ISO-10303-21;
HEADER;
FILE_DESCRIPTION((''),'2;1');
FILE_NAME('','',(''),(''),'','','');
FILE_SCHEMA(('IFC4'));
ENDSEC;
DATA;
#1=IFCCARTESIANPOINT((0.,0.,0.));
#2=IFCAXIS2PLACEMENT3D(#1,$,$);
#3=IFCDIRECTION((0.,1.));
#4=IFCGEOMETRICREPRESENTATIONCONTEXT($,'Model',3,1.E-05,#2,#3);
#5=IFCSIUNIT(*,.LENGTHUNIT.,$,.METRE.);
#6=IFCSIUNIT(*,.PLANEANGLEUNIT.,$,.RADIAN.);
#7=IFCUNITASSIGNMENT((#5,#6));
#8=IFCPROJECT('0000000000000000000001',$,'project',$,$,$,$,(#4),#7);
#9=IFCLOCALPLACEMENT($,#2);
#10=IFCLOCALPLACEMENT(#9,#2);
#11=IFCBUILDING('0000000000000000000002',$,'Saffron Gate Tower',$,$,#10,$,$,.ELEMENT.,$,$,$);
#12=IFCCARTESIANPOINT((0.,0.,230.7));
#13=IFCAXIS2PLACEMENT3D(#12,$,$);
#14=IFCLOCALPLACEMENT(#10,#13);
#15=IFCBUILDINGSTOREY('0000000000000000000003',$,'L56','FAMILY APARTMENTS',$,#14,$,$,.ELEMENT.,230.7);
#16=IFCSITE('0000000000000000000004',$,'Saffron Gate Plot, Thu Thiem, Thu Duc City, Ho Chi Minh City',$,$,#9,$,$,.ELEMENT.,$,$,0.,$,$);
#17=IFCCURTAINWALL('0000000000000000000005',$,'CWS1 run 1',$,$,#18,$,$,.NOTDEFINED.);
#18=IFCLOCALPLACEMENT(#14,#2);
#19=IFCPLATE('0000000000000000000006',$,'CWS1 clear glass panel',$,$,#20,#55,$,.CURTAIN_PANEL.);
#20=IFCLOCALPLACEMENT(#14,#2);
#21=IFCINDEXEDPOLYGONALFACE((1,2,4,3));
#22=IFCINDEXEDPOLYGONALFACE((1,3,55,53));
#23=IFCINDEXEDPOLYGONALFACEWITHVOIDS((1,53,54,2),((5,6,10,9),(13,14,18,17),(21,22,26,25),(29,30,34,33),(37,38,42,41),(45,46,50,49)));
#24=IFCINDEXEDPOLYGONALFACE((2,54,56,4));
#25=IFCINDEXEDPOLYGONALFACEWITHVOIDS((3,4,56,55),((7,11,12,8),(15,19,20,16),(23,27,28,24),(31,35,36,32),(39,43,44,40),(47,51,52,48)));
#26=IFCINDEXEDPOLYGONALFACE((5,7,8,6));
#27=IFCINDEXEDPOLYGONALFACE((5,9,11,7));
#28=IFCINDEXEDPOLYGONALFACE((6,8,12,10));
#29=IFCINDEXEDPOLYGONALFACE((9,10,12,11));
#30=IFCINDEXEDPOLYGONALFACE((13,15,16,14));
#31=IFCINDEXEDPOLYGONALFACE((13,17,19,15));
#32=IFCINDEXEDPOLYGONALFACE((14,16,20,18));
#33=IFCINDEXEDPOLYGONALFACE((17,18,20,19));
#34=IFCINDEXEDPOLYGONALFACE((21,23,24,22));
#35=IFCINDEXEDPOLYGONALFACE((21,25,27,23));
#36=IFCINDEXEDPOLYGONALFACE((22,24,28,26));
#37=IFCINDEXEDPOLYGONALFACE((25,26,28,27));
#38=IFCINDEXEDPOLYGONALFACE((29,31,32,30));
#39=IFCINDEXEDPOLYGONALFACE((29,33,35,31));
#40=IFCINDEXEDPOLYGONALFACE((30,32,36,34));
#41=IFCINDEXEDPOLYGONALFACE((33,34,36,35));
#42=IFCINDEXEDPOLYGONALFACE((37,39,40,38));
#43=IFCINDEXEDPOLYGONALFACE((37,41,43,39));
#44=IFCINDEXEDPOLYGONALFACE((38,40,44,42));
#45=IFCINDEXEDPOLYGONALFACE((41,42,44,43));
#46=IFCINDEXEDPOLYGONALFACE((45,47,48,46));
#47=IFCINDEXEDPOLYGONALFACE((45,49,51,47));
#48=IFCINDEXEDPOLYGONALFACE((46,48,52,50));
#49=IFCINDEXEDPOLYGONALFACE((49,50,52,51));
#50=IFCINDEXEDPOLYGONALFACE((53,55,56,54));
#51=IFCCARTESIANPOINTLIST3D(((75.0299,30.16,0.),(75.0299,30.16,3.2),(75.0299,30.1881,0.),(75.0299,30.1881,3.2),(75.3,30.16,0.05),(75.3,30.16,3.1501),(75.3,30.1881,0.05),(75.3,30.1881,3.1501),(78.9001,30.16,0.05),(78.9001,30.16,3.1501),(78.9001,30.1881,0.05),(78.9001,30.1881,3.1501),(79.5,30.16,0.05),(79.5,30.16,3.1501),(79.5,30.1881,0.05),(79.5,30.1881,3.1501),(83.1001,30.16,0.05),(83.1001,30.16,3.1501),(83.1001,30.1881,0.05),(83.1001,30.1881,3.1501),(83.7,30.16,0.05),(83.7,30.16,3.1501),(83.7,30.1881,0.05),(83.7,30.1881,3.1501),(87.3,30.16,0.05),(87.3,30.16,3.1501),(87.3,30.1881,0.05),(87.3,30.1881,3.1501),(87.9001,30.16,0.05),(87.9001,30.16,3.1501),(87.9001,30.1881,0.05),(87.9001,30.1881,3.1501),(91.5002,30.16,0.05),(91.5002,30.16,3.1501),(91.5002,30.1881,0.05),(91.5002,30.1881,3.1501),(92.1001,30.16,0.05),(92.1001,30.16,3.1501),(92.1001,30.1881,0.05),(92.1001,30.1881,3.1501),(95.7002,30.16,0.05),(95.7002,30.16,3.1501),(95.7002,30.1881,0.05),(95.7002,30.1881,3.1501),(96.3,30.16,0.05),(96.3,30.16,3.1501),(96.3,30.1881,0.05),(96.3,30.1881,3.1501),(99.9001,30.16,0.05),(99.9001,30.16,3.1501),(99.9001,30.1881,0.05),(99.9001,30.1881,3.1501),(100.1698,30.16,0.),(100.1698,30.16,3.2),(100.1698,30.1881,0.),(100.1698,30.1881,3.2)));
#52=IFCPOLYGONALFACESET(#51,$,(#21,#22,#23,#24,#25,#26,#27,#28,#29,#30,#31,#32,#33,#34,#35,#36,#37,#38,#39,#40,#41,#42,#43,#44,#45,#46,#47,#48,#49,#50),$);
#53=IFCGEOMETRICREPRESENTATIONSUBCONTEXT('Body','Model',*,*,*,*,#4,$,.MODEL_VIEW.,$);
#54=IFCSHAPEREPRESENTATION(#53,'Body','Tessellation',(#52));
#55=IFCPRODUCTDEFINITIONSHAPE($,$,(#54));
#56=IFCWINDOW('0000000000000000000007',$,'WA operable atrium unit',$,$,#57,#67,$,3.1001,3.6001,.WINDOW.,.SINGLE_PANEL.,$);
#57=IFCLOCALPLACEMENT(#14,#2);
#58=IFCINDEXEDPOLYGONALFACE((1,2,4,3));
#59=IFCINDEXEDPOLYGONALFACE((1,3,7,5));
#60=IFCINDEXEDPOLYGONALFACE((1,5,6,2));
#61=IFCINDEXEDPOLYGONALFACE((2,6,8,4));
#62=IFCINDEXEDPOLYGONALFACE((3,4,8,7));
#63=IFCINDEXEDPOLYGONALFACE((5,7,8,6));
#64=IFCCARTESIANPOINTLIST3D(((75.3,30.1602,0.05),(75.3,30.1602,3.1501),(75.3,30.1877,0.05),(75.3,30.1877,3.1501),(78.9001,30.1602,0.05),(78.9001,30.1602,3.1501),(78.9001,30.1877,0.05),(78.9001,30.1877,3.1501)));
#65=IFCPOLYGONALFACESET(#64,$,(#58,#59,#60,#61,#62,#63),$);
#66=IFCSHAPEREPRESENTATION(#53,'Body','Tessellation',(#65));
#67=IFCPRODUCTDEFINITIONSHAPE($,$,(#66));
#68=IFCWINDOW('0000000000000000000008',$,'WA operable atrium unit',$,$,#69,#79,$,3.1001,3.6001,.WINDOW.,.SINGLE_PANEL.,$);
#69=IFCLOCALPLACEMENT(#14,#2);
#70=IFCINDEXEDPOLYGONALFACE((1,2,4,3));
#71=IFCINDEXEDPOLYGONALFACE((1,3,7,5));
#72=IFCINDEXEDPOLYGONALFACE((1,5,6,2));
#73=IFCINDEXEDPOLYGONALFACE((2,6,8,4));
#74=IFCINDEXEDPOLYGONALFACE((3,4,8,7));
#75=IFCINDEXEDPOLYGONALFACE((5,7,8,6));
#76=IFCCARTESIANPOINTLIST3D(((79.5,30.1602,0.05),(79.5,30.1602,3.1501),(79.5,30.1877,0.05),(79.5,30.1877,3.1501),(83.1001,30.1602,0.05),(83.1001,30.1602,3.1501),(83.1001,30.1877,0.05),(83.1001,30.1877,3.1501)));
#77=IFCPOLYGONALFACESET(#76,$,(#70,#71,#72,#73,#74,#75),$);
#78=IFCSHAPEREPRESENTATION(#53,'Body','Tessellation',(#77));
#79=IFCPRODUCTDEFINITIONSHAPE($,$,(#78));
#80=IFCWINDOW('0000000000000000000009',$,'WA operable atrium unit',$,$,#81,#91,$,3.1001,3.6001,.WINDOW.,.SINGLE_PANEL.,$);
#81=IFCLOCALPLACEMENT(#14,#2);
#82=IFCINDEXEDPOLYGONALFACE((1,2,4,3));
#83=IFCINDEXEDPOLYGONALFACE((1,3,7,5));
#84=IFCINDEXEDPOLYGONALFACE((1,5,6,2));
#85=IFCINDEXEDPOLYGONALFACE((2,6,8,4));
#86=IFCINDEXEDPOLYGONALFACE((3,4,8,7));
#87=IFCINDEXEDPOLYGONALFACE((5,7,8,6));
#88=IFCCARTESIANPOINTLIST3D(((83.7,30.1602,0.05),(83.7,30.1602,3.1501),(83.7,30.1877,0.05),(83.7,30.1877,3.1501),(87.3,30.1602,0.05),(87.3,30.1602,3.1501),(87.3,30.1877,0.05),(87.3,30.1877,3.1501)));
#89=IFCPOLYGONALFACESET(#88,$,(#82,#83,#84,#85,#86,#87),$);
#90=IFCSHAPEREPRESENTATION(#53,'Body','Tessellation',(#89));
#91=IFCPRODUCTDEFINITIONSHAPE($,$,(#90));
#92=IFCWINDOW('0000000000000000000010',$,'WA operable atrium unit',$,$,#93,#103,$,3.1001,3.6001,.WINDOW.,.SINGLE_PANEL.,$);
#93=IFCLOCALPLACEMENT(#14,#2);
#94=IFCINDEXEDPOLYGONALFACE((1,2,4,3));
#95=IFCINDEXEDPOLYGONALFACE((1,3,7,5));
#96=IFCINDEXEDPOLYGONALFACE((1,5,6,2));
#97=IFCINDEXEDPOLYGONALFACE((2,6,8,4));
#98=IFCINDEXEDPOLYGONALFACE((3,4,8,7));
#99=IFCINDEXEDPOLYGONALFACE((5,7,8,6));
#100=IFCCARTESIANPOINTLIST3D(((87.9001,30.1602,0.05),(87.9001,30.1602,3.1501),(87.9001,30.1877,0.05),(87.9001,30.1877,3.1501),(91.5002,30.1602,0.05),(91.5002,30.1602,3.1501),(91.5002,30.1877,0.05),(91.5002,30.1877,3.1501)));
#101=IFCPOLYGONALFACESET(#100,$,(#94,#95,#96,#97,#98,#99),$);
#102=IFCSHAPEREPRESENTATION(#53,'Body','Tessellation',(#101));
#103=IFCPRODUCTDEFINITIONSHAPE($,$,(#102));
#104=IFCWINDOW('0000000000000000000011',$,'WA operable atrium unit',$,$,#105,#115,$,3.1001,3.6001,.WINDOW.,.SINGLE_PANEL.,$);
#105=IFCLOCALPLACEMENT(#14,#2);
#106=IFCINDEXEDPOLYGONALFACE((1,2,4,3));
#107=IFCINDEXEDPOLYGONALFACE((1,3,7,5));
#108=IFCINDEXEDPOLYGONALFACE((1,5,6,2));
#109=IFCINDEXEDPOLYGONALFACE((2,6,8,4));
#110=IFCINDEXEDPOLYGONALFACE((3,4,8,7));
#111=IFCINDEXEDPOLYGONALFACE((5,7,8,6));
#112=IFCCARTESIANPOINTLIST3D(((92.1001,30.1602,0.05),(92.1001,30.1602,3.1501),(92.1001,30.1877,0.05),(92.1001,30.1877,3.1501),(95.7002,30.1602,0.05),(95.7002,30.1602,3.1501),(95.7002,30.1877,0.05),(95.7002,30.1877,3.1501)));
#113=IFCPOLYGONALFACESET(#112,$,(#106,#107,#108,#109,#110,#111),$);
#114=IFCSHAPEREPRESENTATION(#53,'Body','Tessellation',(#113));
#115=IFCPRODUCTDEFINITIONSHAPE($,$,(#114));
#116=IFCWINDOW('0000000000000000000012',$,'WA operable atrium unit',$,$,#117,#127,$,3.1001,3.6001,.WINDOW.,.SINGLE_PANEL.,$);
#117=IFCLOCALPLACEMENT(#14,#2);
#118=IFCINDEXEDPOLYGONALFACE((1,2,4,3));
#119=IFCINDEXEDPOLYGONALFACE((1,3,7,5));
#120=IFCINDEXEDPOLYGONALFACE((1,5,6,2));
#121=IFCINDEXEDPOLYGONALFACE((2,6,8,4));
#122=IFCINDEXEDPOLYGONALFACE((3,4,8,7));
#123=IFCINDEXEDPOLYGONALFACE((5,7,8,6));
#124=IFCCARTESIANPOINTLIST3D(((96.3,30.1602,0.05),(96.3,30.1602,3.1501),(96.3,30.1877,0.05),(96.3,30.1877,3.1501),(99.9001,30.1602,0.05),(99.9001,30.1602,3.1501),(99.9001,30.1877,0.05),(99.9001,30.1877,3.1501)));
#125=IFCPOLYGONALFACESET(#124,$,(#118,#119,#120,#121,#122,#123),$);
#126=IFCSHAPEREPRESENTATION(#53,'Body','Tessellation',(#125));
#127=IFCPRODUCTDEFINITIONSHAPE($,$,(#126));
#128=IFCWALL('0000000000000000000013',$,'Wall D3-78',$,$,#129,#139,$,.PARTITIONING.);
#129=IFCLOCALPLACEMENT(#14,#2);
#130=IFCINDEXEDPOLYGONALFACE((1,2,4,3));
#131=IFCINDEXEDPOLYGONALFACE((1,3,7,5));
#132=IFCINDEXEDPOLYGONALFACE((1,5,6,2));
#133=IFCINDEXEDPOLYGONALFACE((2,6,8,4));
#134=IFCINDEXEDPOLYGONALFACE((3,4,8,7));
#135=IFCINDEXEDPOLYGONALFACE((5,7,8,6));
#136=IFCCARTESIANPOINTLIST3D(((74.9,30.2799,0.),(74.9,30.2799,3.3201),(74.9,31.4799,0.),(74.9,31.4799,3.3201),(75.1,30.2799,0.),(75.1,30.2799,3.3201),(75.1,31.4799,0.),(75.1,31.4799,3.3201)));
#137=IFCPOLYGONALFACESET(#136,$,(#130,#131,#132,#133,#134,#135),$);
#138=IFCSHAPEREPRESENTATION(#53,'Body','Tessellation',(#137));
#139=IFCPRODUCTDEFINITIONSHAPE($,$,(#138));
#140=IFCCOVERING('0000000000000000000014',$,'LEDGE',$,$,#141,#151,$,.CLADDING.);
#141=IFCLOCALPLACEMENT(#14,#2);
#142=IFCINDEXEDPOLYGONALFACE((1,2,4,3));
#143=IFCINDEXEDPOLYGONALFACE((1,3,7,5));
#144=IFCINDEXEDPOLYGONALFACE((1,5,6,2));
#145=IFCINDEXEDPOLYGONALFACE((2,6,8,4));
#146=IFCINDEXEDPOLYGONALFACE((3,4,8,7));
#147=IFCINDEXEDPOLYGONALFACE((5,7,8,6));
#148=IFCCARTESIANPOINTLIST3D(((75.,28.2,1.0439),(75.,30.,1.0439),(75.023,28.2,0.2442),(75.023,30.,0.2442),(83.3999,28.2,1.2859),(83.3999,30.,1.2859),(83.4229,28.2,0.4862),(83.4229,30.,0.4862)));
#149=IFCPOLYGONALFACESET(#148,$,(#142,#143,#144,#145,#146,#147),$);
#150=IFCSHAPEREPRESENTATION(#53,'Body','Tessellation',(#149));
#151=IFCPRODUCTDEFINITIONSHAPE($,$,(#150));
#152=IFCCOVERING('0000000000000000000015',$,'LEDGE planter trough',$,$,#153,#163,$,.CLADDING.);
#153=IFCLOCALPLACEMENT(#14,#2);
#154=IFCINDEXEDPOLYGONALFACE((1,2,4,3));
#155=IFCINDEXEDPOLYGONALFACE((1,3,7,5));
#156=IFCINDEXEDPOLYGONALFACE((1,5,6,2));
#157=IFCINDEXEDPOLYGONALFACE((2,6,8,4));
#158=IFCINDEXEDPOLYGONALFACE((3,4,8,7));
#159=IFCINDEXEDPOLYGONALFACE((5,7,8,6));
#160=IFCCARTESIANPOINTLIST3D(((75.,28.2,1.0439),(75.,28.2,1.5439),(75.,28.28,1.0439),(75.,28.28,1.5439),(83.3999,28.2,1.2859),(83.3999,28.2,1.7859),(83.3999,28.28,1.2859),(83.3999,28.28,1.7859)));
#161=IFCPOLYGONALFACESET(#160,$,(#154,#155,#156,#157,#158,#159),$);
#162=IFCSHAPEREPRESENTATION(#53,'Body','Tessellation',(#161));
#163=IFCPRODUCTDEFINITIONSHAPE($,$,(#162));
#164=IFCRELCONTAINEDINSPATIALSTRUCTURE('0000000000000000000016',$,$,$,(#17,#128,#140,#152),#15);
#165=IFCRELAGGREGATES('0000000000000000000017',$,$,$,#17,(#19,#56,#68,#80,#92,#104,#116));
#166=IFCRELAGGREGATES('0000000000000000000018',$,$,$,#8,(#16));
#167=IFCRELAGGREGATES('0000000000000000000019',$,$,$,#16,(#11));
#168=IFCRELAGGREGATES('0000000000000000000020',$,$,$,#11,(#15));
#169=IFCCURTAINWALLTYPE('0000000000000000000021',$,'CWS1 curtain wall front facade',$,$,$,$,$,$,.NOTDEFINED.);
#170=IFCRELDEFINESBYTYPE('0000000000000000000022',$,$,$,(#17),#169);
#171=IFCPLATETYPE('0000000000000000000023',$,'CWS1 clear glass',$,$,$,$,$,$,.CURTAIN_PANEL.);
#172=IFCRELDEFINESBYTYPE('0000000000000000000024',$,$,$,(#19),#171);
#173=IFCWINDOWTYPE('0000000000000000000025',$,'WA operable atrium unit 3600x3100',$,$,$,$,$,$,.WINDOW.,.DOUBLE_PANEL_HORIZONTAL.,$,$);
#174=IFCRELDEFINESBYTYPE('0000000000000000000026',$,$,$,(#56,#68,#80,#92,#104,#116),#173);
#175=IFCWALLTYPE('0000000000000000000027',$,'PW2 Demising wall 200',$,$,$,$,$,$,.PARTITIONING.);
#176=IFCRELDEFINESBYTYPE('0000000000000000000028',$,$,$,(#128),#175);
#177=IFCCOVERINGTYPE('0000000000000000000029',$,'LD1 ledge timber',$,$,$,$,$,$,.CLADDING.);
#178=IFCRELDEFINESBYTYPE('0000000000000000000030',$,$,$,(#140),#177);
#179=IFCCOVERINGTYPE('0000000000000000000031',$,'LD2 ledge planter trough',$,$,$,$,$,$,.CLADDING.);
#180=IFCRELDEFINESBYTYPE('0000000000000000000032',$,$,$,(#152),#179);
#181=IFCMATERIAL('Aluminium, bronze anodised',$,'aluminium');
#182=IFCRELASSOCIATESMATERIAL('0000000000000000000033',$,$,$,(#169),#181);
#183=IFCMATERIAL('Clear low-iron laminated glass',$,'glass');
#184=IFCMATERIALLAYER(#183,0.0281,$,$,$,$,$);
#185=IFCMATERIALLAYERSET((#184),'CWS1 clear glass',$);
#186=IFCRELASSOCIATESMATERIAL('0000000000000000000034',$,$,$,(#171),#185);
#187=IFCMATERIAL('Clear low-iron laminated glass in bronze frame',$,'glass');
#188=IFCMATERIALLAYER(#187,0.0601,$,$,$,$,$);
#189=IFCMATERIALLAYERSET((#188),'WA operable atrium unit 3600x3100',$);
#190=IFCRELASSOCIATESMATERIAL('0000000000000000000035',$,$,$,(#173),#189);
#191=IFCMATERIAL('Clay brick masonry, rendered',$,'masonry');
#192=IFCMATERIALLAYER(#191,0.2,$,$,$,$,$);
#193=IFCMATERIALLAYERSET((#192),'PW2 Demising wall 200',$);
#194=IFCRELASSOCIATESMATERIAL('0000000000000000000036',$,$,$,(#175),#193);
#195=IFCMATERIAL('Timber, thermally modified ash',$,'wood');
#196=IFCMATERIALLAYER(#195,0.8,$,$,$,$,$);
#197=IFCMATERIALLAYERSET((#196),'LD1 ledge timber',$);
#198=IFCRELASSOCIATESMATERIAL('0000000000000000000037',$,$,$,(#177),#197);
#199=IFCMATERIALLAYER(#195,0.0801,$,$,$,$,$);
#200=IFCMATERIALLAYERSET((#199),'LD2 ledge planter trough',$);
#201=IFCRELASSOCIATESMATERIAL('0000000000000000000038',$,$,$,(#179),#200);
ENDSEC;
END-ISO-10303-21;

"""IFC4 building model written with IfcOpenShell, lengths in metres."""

from ifc_helpers import new_model, si_unit, direction, frame, frame_2d, origin, place, context, subcontext, project, spatial, polyline, rectangle, outline, extrude, material, layer, layer_set, type_object, element, fill, aggregate, save


model = new_model("IFC4")

# Units and contexts
model_context = context("Model", 3, precision=1e-05, world=origin(), true_north=direction((0.0, 1.0)))
body_context = subcontext(model_context, "Body", "Model", "MODEL_VIEW")
ifc_project = project(units=[si_unit("LENGTHUNIT", "METRE"), si_unit("PLANEANGLEUNIT", "RADIAN")], contexts=[model_context])

# Site, building, storey
site_placement = place(None, origin())
site = spatial("IfcSite", under=ifc_project, at=site_placement, Name="Saffron Gate Plot, Thu Thiem, Thu Duc City, Ho Chi Minh City", CompositionType="ELEMENT", RefElevation=0.0)
building_placement = place(site_placement, origin())
building = spatial("IfcBuilding", under=site, at=building_placement, Name="Saffron Gate Tower", CompositionType="ELEMENT")
storey_placement = place(building_placement, frame((0.0, 0.0, 230.7)))
storey = spatial("IfcBuildingStorey", under=building, at=storey_placement, Name="L56", Description="FAMILY APARTMENTS", CompositionType="ELEMENT", Elevation=230.7)

# Curtain wall, plate, openings, windows
ifc_material_1 = material(Name="Aluminium, bronze anodised", Category="aluminium")
curtain_wall_type = type_object("IfcCurtainWallType", Name="CWS1 curtain wall front facade", PredefinedType="NOTDEFINED", material=ifc_material_1)
curtain_wall_placement = place(storey_placement, origin())
curtain_wall = element("IfcCurtainWall", 1, at=curtain_wall_placement, inside=storey, type_object=curtain_wall_type, Name="CWS1 run 1", PredefinedType="NOTDEFINED")
ifc_material_2 = material(Name="Clear low-iron laminated glass", Category="glass")
ifc_layer_1 = layer(ifc_material_2, 0.0281)
ifc_layer_set_1 = layer_set([ifc_layer_1], Name="CWS1 clear glass")
plate_type = type_object("IfcPlateType", Name="CWS1 clear glass", PredefinedType="CURTAIN_PANEL", material=ifc_layer_set_1)
plate_placement = place(storey_placement, frame((75.03, 30.1741, 0.0), z_axis=(0.0, 0.0, 1.0), x_axis=(1.0, 0.0, 0.0)))
plate = element("IfcPlate", 2, at=plate_placement, type_object=plate_type, Name="CWS1 clear glass panel", PredefinedType="CURTAIN_PANEL", context=body_context, shape_type="SweptSolid", body=[
    extrude(rectangle(XDim=25.1399, YDim=0.0281, at=frame_2d((12.5698, 0.0))), origin(), (0.0, 0.0, 1.0), 3.2),
])
opening_1_placement = place(plate_placement, frame((0.27, 0.0, 0.05)))
opening_1 = element("IfcOpeningElement", 3, at=opening_1_placement, cuts=plate, PredefinedType="OPENING", context=body_context, shape_type="SweptSolid", body=[
    extrude(rectangle(XDim=3.6001, YDim=3.1001, at=frame_2d((1.8, 1.55))), frame((0.0, 0.0239, 0.0), z_axis=(0.0, -1.0, 0.0), x_axis=(1.0, 0.0, 0.0)), (0.0, 0.0, 1.0), 0.0481),
])
opening_2_placement = place(plate_placement, frame((4.47, 0.0, 0.05)))
opening_2 = element("IfcOpeningElement", 4, at=opening_2_placement, cuts=plate, PredefinedType="OPENING", context=body_context, shape_type="SweptSolid", body=[
    extrude(rectangle(XDim=3.6001, YDim=3.1001, at=frame_2d((1.8, 1.55))), frame((0.0, 0.0239, 0.0), z_axis=(0.0, -1.0, 0.0), x_axis=(1.0, 0.0, 0.0)), (0.0, 0.0, 1.0), 0.0481),
])
opening_3_placement = place(plate_placement, frame((8.6699, 0.0, 0.05)))
opening_3 = element("IfcOpeningElement", 5, at=opening_3_placement, cuts=plate, PredefinedType="OPENING", context=body_context, shape_type="SweptSolid", body=[
    extrude(rectangle(XDim=3.6001, YDim=3.1001, at=frame_2d((1.8, 1.55))), frame((0.0, 0.0239, 0.0), z_axis=(0.0, -1.0, 0.0), x_axis=(1.0, 0.0, 0.0)), (0.0, 0.0, 1.0), 0.0481),
])
opening_4_placement = place(plate_placement, frame((12.8701, 0.0, 0.05)))
opening_4 = element("IfcOpeningElement", 6, at=opening_4_placement, cuts=plate, PredefinedType="OPENING", context=body_context, shape_type="SweptSolid", body=[
    extrude(rectangle(XDim=3.6001, YDim=3.1001, at=frame_2d((1.8, 1.55))), frame((0.0, 0.0239, 0.0), z_axis=(0.0, -1.0, 0.0), x_axis=(1.0, 0.0, 0.0)), (0.0, 0.0, 1.0), 0.0481),
])
opening_5_placement = place(plate_placement, frame((17.0701, 0.0, 0.05)))
opening_5 = element("IfcOpeningElement", 7, at=opening_5_placement, cuts=plate, PredefinedType="OPENING", context=body_context, shape_type="SweptSolid", body=[
    extrude(rectangle(XDim=3.6001, YDim=3.1001, at=frame_2d((1.8, 1.55))), frame((0.0, 0.0239, 0.0), z_axis=(0.0, -1.0, 0.0), x_axis=(1.0, 0.0, 0.0)), (0.0, 0.0, 1.0), 0.0481),
])
opening_6_placement = place(plate_placement, frame((21.27, 0.0, 0.05)))
opening_6 = element("IfcOpeningElement", 8, at=opening_6_placement, cuts=plate, PredefinedType="OPENING", context=body_context, shape_type="SweptSolid", body=[
    extrude(rectangle(XDim=3.6001, YDim=3.1001, at=frame_2d((1.8, 1.55))), frame((0.0, 0.0239, 0.0), z_axis=(0.0, -1.0, 0.0), x_axis=(1.0, 0.0, 0.0)), (0.0, 0.0, 1.0), 0.0481),
])
ifc_material_3 = material(Name="Clear low-iron laminated glass in bronze frame", Category="glass")
ifc_layer_2 = layer(ifc_material_3, 0.0601)
ifc_layer_set_2 = layer_set([ifc_layer_2], Name="WA operable atrium unit 3600x3100")
window_type = type_object("IfcWindowType", Name="WA operable atrium unit 3600x3100", PartitioningType="DOUBLE_PANEL_HORIZONTAL", PredefinedType="WINDOW", material=ifc_layer_set_2)
window_1_placement = place(opening_1_placement, origin())
window_1 = element("IfcWindow", 9, at=window_1_placement, type_object=window_type, Name="WA operable atrium unit", OverallHeight=3.1001, OverallWidth=3.6001, PartitioningType="SINGLE_PANEL", PredefinedType="WINDOW", context=body_context, shape_type="SweptSolid", body=[
    extrude(rectangle(XDim=3.6001, YDim=3.1001, at=frame_2d((1.8, 1.55))), frame((0.0, 0.0137, 0.0), z_axis=(0.0, -1.0, 0.0), x_axis=(1.0, 0.0, 0.0)), (0.0, 0.0, 1.0), 0.0276),
])
fill(opening_1, window_1)
window_2_placement = place(opening_2_placement, origin())
window_2 = element("IfcWindow", 10, at=window_2_placement, type_object=window_type, Name="WA operable atrium unit", OverallHeight=3.1001, OverallWidth=3.6001, PartitioningType="SINGLE_PANEL", PredefinedType="WINDOW", context=body_context, shape_type="SweptSolid", body=[
    extrude(rectangle(XDim=3.6001, YDim=3.1001, at=frame_2d((1.8, 1.55))), frame((0.0, 0.0137, 0.0), z_axis=(0.0, -1.0, 0.0), x_axis=(1.0, 0.0, 0.0)), (0.0, 0.0, 1.0), 0.0276),
])
fill(opening_2, window_2)
window_3_placement = place(opening_3_placement, origin())
window_3 = element("IfcWindow", 11, at=window_3_placement, type_object=window_type, Name="WA operable atrium unit", OverallHeight=3.1001, OverallWidth=3.6001, PartitioningType="SINGLE_PANEL", PredefinedType="WINDOW", context=body_context, shape_type="SweptSolid", body=[
    extrude(rectangle(XDim=3.6001, YDim=3.1001, at=frame_2d((1.8, 1.55))), frame((0.0, 0.0137, 0.0), z_axis=(0.0, -1.0, 0.0), x_axis=(1.0, 0.0, 0.0)), (0.0, 0.0, 1.0), 0.0276),
])
fill(opening_3, window_3)
window_4_placement = place(opening_4_placement, origin())
window_4 = element("IfcWindow", 12, at=window_4_placement, type_object=window_type, Name="WA operable atrium unit", OverallHeight=3.1001, OverallWidth=3.6001, PartitioningType="SINGLE_PANEL", PredefinedType="WINDOW", context=body_context, shape_type="SweptSolid", body=[
    extrude(rectangle(XDim=3.6001, YDim=3.1001, at=frame_2d((1.8, 1.55))), frame((0.0, 0.0137, 0.0), z_axis=(0.0, -1.0, 0.0), x_axis=(1.0, 0.0, 0.0)), (0.0, 0.0, 1.0), 0.0276),
])
fill(opening_4, window_4)
window_5_placement = place(opening_5_placement, origin())
window_5 = element("IfcWindow", 13, at=window_5_placement, type_object=window_type, Name="WA operable atrium unit", OverallHeight=3.1001, OverallWidth=3.6001, PartitioningType="SINGLE_PANEL", PredefinedType="WINDOW", context=body_context, shape_type="SweptSolid", body=[
    extrude(rectangle(XDim=3.6001, YDim=3.1001, at=frame_2d((1.8, 1.55))), frame((0.0, 0.0137, 0.0), z_axis=(0.0, -1.0, 0.0), x_axis=(1.0, 0.0, 0.0)), (0.0, 0.0, 1.0), 0.0276),
])
fill(opening_5, window_5)
window_6_placement = place(opening_6_placement, origin())
window_6 = element("IfcWindow", 14, at=window_6_placement, type_object=window_type, Name="WA operable atrium unit", OverallHeight=3.1001, OverallWidth=3.6001, PartitioningType="SINGLE_PANEL", PredefinedType="WINDOW", context=body_context, shape_type="SweptSolid", body=[
    extrude(rectangle(XDim=3.6001, YDim=3.1001, at=frame_2d((1.8, 1.55))), frame((0.0, 0.0137, 0.0), z_axis=(0.0, -1.0, 0.0), x_axis=(1.0, 0.0, 0.0)), (0.0, 0.0, 1.0), 0.0276),
])
fill(opening_6, window_6)
aggregate(curtain_wall, [plate, window_1, window_2, window_3, window_4, window_5, window_6])

# Wall
ifc_material_4 = material(Name="Clay brick masonry, rendered", Category="masonry")
ifc_layer_3 = layer(ifc_material_4, 0.2)
ifc_layer_set_3 = layer_set([ifc_layer_3], Name="PW2 Demising wall 200")
wall_type = type_object("IfcWallType", Name="PW2 Demising wall 200", PredefinedType="PARTITIONING", material=ifc_layer_set_3)
wall_placement = place(storey_placement, frame((75.0, 31.48, 0.0), z_axis=(0.0, 0.0, 1.0), x_axis=(0.0, -1.0, 0.0)))
element("IfcWall", 15, at=wall_placement, inside=storey, type_object=wall_type, Name="Wall D3-78", PredefinedType="PARTITIONING", context=body_context, shape_type="SweptSolid", body=[
    extrude(rectangle(XDim=1.2, YDim=0.2, at=frame_2d((0.6001, 0.0))), origin(), (0.0, 0.0, 1.0), 3.3201),
])

# Coverings
ifc_material_5 = material(Name="Timber, thermally modified ash", Category="wood")
ifc_layer_4 = layer(ifc_material_5, 0.8)
ifc_layer_set_4 = layer_set([ifc_layer_4], Name="LD1 ledge timber")
covering_type_1 = type_object("IfcCoveringType", Name="LD1 ledge timber", PredefinedType="CLADDING", material=ifc_layer_set_4)
covering_1_placement = place(storey_placement, frame((75.0, 30.0, 1.0439), z_axis=(-0.028791, 0.0, 0.999585), x_axis=(0.999585, 0.0, 0.028791)))
element("IfcCovering", 16, at=covering_1_placement, inside=storey, type_object=covering_type_1, Name="LEDGE", PredefinedType="CLADDING", context=body_context, shape_type="SweptSolid", body=[
    extrude(outline(polyline([(0.0, 0.0), (8.4034, 0.0), (8.4034, -1.8), (0.0, -1.8), (0.0, 0.0)])), origin(), (0.0, 0.0, -1.0), 0.8),
])
ifc_layer_5 = layer(ifc_material_5, 0.0801)
ifc_layer_set_5 = layer_set([ifc_layer_5], Name="LD2 ledge planter trough")
covering_type_2 = type_object("IfcCoveringType", Name="LD2 ledge planter trough", PredefinedType="CLADDING", material=ifc_layer_set_5)
covering_2_placement = place(storey_placement, frame((75.0, 28.2, 1.0439), z_axis=(0.0, -1.0, 0.0), x_axis=(0.999585, 0.0, 0.028791)))
element("IfcCovering", 17, at=covering_2_placement, inside=storey, type_object=covering_type_2, Name="LEDGE planter trough", PredefinedType="CLADDING", context=body_context, shape_type="SweptSolid", body=[
    extrude(outline(polyline([(0.0, 0.0), (8.4034, 0.0), (8.4178, 0.4998), (0.0144, 0.4998), (0.0, 0.0)])), origin(), (0.0, 0.0, -1.0), 0.0801),
])

save(model, "model.ifc")
